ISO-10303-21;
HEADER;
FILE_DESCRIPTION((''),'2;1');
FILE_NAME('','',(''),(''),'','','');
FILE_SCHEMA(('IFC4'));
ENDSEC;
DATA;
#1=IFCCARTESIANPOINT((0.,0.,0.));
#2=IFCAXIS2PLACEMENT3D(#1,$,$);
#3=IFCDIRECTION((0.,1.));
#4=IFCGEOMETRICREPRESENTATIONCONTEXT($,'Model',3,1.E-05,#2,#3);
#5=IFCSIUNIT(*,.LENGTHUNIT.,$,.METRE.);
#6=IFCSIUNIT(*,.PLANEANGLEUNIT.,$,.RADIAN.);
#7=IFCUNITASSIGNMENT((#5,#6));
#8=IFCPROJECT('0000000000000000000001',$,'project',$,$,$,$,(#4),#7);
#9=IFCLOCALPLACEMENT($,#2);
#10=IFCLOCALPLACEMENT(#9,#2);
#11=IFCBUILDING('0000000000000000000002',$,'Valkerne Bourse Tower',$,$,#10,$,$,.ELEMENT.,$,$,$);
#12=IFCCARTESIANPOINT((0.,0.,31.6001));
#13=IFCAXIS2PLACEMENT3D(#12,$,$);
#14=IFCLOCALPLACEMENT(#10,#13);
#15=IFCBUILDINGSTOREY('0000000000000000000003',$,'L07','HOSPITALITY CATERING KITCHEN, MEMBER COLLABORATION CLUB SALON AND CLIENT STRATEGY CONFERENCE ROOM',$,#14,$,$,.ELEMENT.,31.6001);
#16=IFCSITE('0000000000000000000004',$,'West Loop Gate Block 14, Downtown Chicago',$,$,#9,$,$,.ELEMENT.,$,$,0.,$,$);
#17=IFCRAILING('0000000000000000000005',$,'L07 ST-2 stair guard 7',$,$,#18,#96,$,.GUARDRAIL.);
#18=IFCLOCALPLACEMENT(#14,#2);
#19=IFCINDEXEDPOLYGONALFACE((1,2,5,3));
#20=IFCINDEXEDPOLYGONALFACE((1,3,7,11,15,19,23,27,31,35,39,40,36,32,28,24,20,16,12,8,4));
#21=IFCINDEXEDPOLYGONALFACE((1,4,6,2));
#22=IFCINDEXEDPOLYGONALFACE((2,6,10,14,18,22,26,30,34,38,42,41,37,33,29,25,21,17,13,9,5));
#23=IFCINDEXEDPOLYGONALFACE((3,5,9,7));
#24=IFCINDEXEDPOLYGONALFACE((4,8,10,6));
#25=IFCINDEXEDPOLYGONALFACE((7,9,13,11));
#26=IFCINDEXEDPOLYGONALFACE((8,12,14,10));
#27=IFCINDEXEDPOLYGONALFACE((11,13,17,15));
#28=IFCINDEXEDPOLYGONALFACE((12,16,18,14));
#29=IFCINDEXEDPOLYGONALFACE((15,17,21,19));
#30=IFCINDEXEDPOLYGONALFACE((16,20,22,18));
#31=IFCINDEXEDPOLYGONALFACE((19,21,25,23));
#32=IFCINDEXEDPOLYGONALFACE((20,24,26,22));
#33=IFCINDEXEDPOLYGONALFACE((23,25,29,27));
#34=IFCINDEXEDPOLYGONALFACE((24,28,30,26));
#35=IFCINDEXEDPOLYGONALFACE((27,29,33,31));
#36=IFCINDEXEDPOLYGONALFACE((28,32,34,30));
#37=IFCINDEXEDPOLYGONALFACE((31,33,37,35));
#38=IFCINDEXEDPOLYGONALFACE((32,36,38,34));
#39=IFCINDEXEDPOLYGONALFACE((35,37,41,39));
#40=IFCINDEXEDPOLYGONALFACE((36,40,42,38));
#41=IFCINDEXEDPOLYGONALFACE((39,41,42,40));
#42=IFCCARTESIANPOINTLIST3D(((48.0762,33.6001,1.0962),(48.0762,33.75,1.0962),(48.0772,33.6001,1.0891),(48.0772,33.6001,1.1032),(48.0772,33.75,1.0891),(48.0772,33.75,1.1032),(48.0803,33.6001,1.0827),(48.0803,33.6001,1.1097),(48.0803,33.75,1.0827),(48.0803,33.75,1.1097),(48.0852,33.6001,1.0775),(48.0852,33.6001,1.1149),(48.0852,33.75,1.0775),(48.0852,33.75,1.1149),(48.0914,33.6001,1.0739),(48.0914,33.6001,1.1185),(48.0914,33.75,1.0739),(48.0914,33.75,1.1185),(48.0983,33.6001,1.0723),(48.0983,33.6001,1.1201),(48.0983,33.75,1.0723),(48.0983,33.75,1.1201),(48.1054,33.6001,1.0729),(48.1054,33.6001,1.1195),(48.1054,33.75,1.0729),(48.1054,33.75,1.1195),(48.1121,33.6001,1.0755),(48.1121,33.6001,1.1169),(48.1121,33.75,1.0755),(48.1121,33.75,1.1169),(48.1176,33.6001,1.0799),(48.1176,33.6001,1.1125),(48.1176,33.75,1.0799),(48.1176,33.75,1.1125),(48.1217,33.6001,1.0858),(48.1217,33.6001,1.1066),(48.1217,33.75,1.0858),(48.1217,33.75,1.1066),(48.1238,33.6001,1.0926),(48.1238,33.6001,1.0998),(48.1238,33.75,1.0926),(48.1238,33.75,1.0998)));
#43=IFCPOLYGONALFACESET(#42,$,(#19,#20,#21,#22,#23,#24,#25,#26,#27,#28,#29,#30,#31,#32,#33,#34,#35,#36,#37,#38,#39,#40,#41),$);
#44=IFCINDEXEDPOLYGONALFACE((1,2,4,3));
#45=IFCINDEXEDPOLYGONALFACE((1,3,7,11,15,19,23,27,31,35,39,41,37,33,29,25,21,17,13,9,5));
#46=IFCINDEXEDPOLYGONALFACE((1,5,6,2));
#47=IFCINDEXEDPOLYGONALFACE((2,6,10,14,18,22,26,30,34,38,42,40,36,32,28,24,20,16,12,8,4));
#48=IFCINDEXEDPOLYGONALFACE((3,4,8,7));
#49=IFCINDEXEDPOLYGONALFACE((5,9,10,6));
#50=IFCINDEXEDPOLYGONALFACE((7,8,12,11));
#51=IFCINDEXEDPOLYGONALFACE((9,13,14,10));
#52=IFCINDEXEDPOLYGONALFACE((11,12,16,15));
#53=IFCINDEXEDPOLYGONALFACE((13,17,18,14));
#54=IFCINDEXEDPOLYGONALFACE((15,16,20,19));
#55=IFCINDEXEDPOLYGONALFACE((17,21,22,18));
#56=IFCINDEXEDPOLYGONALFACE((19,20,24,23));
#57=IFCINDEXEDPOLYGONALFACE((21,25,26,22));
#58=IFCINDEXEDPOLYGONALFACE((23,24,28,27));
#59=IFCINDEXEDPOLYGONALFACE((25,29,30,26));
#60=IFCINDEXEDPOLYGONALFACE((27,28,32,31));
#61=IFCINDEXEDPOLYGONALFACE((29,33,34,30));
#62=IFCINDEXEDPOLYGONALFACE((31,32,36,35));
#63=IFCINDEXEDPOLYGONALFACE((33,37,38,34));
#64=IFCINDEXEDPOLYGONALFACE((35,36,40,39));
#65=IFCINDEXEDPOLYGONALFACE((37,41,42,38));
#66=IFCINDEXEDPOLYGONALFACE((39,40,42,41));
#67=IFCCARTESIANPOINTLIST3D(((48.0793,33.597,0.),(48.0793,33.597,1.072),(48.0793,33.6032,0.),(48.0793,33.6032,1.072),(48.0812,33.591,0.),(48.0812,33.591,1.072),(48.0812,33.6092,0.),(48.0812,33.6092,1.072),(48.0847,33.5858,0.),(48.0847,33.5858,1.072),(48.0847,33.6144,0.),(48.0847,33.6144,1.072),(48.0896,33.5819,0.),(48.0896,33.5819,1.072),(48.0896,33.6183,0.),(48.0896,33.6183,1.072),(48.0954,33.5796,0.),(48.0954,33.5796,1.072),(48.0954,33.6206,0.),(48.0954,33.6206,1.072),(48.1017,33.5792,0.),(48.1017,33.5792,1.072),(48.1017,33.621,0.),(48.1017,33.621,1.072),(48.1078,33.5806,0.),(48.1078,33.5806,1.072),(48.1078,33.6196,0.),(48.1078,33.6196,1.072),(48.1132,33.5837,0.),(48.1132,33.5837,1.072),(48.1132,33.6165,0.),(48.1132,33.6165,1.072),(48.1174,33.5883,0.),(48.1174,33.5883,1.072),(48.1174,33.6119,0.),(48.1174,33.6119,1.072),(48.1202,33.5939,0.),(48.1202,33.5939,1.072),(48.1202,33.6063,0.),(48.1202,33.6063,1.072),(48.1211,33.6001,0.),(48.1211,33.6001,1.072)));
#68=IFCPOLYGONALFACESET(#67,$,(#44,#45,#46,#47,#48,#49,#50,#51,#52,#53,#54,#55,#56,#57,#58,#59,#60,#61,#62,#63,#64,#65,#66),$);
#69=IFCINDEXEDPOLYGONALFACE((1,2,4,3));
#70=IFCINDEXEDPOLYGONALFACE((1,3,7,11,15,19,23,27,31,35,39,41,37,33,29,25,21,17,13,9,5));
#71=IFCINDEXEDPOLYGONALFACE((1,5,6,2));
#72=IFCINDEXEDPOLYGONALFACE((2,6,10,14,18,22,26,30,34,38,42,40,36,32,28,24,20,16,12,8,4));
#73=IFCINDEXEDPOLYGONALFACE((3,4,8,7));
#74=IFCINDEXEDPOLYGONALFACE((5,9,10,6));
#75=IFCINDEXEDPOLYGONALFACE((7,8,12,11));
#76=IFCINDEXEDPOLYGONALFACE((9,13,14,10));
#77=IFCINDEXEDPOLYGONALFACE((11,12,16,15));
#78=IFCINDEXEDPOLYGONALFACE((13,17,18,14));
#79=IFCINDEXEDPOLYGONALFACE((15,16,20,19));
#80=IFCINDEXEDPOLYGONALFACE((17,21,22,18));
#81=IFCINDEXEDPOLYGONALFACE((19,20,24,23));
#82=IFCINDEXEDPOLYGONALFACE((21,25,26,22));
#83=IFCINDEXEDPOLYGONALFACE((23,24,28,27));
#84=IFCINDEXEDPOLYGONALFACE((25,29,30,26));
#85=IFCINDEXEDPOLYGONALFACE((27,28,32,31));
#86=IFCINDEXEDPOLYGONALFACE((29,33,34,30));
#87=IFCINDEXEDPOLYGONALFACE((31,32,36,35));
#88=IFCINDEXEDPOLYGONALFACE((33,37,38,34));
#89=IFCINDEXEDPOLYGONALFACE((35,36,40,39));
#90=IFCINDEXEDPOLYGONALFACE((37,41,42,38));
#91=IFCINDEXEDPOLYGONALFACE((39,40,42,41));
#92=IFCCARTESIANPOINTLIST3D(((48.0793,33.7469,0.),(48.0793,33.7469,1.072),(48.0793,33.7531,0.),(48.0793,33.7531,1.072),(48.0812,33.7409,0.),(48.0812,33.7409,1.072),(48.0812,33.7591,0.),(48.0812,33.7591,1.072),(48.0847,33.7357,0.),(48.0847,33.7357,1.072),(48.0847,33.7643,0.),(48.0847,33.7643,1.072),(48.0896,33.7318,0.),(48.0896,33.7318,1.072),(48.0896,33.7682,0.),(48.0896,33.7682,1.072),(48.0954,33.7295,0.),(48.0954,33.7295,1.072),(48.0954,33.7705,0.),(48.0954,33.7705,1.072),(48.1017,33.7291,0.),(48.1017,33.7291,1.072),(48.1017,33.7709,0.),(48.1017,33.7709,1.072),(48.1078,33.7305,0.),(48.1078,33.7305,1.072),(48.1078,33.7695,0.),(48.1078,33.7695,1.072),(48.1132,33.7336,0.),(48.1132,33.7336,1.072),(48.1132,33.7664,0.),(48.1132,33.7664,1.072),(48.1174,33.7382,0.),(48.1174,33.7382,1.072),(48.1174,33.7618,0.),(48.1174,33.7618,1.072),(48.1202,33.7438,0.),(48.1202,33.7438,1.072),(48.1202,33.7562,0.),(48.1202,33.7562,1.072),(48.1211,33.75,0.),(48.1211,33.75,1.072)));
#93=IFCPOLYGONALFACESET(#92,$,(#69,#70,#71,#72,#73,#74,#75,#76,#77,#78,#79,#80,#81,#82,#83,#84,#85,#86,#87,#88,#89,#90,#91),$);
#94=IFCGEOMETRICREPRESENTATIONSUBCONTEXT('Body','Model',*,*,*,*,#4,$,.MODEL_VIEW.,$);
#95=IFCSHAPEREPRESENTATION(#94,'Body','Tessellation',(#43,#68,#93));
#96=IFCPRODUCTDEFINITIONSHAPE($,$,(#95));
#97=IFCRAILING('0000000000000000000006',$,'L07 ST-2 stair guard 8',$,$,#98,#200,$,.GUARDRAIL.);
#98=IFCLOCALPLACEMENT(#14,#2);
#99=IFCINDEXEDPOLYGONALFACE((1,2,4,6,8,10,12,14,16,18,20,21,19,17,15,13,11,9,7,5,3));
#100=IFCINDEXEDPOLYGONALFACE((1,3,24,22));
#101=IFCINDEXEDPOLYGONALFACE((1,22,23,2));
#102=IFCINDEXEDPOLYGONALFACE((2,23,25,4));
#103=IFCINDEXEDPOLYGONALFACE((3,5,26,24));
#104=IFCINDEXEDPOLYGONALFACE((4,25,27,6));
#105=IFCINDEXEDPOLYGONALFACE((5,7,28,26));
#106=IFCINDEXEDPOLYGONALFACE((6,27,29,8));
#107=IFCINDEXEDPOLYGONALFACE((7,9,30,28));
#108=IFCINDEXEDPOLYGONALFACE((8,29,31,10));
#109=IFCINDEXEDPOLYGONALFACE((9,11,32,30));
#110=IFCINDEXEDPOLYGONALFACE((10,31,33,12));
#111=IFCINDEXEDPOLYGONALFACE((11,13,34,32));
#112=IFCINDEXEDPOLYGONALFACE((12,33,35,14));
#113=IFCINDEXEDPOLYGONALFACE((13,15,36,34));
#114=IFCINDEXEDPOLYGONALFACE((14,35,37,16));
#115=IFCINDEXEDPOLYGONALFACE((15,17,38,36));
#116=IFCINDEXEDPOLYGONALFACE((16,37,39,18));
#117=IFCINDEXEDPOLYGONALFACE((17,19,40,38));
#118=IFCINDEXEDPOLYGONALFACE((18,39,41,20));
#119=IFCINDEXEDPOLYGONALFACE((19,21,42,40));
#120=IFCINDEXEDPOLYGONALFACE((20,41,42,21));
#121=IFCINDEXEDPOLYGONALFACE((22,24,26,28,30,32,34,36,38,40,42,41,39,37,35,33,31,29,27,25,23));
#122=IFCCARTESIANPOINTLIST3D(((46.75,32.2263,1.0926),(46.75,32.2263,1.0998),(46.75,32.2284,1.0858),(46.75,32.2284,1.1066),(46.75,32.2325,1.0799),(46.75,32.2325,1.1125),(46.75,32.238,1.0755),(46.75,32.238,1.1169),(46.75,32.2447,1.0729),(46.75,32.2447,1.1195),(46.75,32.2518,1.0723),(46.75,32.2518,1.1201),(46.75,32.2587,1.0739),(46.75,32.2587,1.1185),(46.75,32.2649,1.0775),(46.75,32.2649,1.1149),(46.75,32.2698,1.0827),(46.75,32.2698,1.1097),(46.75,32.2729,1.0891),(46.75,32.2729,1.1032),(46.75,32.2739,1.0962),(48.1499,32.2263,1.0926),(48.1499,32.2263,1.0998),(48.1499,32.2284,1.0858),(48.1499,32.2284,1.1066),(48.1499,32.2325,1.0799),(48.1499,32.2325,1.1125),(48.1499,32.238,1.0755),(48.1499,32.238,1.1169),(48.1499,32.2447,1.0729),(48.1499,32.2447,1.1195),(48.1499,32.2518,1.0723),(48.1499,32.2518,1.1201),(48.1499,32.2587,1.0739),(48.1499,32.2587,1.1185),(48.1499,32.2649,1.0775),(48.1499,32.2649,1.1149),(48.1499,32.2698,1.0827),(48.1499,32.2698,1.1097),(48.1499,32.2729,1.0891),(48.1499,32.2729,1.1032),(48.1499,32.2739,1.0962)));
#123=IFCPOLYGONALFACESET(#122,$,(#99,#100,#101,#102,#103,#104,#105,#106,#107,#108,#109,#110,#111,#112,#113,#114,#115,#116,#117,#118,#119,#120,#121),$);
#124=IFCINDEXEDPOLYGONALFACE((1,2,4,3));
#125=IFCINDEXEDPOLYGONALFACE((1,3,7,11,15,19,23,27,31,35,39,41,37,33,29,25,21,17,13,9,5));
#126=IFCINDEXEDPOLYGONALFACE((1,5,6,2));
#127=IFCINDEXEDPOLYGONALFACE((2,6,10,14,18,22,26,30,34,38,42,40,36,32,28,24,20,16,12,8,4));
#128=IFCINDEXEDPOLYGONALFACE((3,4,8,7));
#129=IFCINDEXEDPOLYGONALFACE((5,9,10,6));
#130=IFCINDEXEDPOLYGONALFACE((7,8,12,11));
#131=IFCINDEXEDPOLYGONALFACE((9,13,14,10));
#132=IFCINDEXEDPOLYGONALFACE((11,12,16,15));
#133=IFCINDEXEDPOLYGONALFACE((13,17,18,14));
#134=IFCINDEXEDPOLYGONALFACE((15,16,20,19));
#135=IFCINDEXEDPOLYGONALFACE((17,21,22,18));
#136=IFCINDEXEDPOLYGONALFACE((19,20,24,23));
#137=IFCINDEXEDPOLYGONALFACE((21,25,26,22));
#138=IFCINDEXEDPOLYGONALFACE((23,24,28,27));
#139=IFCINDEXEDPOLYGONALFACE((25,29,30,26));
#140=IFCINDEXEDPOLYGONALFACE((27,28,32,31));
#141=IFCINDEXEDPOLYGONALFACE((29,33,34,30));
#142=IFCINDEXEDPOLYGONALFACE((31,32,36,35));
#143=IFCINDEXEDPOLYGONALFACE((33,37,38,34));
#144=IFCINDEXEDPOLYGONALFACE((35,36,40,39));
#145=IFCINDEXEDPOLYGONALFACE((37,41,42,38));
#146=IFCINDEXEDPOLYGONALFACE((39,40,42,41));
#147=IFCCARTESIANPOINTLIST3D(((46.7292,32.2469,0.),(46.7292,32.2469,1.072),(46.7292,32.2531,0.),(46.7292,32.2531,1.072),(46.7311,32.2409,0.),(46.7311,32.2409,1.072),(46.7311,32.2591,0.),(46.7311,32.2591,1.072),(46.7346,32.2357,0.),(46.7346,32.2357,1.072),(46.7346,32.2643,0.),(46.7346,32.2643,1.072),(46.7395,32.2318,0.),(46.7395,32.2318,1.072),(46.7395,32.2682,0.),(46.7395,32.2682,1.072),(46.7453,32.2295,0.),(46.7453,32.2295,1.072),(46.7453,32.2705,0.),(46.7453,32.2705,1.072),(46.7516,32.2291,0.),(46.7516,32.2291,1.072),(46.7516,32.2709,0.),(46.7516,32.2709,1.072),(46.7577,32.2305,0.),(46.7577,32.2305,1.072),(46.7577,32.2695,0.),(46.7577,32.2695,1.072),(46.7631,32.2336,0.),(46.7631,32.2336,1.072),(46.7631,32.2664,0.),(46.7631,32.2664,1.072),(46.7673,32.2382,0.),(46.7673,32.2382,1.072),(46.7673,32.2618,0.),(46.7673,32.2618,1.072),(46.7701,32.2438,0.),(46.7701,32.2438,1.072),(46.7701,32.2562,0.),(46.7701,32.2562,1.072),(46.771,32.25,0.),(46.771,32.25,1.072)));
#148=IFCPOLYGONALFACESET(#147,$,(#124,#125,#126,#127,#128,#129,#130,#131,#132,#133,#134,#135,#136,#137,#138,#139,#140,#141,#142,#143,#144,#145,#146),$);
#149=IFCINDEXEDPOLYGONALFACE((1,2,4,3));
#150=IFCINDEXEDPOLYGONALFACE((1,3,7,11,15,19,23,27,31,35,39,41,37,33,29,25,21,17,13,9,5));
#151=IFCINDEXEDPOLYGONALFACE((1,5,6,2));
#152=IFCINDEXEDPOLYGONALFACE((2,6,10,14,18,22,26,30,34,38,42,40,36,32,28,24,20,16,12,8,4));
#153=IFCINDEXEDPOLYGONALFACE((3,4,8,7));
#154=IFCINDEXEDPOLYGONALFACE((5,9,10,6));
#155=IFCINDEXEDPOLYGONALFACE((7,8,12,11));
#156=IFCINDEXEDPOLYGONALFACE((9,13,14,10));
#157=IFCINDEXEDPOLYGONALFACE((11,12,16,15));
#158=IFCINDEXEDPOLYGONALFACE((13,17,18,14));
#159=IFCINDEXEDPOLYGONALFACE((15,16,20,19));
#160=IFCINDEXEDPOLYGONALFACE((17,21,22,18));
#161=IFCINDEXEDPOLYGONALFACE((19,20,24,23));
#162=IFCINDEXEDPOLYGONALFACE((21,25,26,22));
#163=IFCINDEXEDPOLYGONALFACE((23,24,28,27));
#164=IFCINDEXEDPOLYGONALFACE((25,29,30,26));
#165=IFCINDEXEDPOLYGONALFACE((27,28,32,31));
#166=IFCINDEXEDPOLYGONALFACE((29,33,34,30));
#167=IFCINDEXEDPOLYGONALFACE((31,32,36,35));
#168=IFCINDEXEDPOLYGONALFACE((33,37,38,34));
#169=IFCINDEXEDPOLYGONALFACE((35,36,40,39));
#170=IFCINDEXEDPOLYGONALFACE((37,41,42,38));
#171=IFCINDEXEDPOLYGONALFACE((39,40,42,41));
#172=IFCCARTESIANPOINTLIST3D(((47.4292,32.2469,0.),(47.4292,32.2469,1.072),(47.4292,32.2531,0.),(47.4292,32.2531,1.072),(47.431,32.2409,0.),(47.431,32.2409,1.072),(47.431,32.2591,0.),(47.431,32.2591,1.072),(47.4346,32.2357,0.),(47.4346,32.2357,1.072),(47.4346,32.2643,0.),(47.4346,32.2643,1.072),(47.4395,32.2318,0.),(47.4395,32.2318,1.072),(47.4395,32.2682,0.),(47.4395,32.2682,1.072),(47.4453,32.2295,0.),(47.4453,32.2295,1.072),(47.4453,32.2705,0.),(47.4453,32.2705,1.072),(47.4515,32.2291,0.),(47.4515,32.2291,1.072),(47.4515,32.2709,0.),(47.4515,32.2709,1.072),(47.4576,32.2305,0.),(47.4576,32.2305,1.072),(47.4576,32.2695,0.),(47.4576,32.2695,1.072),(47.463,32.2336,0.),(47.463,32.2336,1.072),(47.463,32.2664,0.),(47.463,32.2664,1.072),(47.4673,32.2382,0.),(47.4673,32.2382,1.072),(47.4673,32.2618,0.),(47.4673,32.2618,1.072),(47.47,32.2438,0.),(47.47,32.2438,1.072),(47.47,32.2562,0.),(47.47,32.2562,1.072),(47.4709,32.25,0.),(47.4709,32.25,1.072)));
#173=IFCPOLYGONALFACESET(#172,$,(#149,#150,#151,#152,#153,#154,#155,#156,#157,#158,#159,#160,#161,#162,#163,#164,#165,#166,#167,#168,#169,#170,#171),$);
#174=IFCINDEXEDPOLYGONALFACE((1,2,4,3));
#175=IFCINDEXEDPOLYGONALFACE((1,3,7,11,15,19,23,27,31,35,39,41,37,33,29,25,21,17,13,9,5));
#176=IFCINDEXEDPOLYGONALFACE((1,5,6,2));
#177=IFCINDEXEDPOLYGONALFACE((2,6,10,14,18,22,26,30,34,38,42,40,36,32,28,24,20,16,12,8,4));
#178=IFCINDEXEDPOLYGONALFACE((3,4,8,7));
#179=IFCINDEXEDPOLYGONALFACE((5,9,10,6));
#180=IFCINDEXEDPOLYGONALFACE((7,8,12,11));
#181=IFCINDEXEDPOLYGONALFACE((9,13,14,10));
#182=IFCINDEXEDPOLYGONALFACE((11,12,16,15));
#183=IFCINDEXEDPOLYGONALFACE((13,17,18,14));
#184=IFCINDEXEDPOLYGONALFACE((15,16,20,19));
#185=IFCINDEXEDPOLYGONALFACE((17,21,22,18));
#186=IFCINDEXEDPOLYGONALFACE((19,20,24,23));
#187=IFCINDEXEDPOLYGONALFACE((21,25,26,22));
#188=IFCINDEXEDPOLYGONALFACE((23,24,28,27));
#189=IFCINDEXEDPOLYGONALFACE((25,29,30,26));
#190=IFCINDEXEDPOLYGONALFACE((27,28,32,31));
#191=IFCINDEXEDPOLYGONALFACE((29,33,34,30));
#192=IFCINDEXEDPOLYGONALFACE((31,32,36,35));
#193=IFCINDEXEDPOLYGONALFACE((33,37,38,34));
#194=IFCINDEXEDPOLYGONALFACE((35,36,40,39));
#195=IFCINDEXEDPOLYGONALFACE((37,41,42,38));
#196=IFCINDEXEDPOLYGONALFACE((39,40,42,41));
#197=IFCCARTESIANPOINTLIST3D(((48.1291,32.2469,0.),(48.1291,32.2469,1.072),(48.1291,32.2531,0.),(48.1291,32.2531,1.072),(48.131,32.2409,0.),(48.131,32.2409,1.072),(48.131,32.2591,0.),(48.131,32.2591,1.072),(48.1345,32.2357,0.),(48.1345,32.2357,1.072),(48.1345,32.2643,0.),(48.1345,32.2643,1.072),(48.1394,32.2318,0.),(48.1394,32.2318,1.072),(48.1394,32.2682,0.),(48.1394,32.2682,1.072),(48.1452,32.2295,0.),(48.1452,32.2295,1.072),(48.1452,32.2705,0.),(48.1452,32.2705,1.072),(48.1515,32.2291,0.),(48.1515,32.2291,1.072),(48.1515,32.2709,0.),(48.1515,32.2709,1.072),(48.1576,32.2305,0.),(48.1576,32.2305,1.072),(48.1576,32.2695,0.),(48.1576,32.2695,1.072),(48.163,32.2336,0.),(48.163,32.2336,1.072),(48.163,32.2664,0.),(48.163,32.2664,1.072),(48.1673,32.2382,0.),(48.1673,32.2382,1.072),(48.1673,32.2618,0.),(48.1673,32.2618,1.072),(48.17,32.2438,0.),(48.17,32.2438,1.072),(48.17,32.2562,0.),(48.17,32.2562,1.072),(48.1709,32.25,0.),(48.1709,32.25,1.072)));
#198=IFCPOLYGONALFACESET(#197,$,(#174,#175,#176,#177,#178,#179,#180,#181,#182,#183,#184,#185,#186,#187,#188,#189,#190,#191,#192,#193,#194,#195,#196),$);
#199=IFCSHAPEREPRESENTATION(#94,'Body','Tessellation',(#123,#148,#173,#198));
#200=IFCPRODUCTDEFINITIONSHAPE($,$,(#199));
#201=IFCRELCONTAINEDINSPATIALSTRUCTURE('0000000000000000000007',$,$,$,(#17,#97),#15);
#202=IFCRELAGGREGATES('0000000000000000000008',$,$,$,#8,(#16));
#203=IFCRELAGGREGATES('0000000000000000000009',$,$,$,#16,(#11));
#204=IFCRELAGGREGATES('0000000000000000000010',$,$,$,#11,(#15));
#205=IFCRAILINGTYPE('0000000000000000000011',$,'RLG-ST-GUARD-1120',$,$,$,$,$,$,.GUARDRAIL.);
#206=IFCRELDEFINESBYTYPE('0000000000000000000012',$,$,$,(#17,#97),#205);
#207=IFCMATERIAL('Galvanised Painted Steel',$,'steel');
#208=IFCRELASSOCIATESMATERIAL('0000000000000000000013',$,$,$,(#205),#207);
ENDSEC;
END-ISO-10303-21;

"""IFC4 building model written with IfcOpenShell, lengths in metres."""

from ifc_helpers import new_model, si_unit, direction, frame, origin, origin_2d, place, context, subcontext, project, spatial, circle, extrude, material, type_object, element, save


model = new_model("IFC4")

# Units and contexts
model_context = context("Model", 3, precision=1e-05, world=origin(), true_north=direction((0.0, 1.0)))
body_context = subcontext(model_context, "Body", "Model", "MODEL_VIEW")
ifc_project = project(units=[si_unit("LENGTHUNIT", "METRE"), si_unit("PLANEANGLEUNIT", "RADIAN")], contexts=[model_context])

# Site, building, storey
site_placement = place(None, origin())
site = spatial("IfcSite", under=ifc_project, at=site_placement, Name="West Loop Gate Block 14, Downtown Chicago", CompositionType="ELEMENT", RefElevation=0.0)
building_placement = place(site_placement, origin())
building = spatial("IfcBuilding", under=site, at=building_placement, Name="Valkerne Bourse Tower", CompositionType="ELEMENT")
storey_placement = place(building_placement, frame((0.0, 0.0, 31.6001)))
storey = spatial("IfcBuildingStorey", under=building, at=storey_placement, Name="L07", Description="HOSPITALITY CATERING KITCHEN, MEMBER COLLABORATION CLUB SALON AND CLIENT STRATEGY CONFERENCE ROOM", CompositionType="ELEMENT", Elevation=31.6001)

# Shared definitions
ifc_material_1 = material(Name="Galvanised Painted Steel", Category="steel")

# Railings
railing_type_1 = type_object("IfcRailingType", Name="RLG-ST-GUARD-1120", PredefinedType="GUARDRAIL", material=ifc_material_1)
railing_1_placement = place(storey_placement, frame((48.1001, 33.6001, 0.0)))
element("IfcRailing", 1, at=railing_1_placement, inside=storey, type_object=railing_type_1, Name="L07 ST-2 stair guard 7", PredefinedType="GUARDRAIL", context=body_context, shape_type="SweptSolid", body=[
    extrude(circle(Radius=0.0239, at=origin_2d()), frame((0.0, 0.0, 1.0962), z_axis=(0.0, 1.0, 0.0), x_axis=(-1.0, 0.0, 0.0)), (0.0, 0.0, 1.0), 0.1499),
    extrude(circle(Radius=0.021, at=origin_2d()), origin(), (0.0, 0.0, 1.0), 1.072),
    extrude(circle(Radius=0.021, at=origin_2d()), frame((0.0, 0.1499, 0.0)), (0.0, 0.0, 1.0), 1.072),
])
for number, where, name in (
    (2, (46.75, 32.25, 0.0), "L07 ST-2 stair guard 8"),
):
    element("IfcRailing", number, at=place(storey_placement, frame(where)), inside=storey, type_object=railing_type_1, Name=name, PredefinedType="GUARDRAIL", context=body_context, shape_type="SweptSolid", body=[
        extrude(circle(Radius=0.0239, at=origin_2d()), frame((0.0, 0.0, 1.0962), z_axis=(1.0, 0.0, 0.0), x_axis=(0.0, 1.0, 0.0)), (0.0, 0.0, 1.0), 1.3999),
        extrude(circle(Radius=0.021, at=origin_2d()), origin(), (0.0, 0.0, 1.0), 1.072),
        extrude(circle(Radius=0.021, at=origin_2d()), frame((0.7, 0.0, 0.0)), (0.0, 0.0, 1.0), 1.072),
        extrude(circle(Radius=0.021, at=origin_2d()), frame((1.3999, 0.0, 0.0)), (0.0, 0.0, 1.0), 1.072),
    ])

save(model, "model.ifc")
